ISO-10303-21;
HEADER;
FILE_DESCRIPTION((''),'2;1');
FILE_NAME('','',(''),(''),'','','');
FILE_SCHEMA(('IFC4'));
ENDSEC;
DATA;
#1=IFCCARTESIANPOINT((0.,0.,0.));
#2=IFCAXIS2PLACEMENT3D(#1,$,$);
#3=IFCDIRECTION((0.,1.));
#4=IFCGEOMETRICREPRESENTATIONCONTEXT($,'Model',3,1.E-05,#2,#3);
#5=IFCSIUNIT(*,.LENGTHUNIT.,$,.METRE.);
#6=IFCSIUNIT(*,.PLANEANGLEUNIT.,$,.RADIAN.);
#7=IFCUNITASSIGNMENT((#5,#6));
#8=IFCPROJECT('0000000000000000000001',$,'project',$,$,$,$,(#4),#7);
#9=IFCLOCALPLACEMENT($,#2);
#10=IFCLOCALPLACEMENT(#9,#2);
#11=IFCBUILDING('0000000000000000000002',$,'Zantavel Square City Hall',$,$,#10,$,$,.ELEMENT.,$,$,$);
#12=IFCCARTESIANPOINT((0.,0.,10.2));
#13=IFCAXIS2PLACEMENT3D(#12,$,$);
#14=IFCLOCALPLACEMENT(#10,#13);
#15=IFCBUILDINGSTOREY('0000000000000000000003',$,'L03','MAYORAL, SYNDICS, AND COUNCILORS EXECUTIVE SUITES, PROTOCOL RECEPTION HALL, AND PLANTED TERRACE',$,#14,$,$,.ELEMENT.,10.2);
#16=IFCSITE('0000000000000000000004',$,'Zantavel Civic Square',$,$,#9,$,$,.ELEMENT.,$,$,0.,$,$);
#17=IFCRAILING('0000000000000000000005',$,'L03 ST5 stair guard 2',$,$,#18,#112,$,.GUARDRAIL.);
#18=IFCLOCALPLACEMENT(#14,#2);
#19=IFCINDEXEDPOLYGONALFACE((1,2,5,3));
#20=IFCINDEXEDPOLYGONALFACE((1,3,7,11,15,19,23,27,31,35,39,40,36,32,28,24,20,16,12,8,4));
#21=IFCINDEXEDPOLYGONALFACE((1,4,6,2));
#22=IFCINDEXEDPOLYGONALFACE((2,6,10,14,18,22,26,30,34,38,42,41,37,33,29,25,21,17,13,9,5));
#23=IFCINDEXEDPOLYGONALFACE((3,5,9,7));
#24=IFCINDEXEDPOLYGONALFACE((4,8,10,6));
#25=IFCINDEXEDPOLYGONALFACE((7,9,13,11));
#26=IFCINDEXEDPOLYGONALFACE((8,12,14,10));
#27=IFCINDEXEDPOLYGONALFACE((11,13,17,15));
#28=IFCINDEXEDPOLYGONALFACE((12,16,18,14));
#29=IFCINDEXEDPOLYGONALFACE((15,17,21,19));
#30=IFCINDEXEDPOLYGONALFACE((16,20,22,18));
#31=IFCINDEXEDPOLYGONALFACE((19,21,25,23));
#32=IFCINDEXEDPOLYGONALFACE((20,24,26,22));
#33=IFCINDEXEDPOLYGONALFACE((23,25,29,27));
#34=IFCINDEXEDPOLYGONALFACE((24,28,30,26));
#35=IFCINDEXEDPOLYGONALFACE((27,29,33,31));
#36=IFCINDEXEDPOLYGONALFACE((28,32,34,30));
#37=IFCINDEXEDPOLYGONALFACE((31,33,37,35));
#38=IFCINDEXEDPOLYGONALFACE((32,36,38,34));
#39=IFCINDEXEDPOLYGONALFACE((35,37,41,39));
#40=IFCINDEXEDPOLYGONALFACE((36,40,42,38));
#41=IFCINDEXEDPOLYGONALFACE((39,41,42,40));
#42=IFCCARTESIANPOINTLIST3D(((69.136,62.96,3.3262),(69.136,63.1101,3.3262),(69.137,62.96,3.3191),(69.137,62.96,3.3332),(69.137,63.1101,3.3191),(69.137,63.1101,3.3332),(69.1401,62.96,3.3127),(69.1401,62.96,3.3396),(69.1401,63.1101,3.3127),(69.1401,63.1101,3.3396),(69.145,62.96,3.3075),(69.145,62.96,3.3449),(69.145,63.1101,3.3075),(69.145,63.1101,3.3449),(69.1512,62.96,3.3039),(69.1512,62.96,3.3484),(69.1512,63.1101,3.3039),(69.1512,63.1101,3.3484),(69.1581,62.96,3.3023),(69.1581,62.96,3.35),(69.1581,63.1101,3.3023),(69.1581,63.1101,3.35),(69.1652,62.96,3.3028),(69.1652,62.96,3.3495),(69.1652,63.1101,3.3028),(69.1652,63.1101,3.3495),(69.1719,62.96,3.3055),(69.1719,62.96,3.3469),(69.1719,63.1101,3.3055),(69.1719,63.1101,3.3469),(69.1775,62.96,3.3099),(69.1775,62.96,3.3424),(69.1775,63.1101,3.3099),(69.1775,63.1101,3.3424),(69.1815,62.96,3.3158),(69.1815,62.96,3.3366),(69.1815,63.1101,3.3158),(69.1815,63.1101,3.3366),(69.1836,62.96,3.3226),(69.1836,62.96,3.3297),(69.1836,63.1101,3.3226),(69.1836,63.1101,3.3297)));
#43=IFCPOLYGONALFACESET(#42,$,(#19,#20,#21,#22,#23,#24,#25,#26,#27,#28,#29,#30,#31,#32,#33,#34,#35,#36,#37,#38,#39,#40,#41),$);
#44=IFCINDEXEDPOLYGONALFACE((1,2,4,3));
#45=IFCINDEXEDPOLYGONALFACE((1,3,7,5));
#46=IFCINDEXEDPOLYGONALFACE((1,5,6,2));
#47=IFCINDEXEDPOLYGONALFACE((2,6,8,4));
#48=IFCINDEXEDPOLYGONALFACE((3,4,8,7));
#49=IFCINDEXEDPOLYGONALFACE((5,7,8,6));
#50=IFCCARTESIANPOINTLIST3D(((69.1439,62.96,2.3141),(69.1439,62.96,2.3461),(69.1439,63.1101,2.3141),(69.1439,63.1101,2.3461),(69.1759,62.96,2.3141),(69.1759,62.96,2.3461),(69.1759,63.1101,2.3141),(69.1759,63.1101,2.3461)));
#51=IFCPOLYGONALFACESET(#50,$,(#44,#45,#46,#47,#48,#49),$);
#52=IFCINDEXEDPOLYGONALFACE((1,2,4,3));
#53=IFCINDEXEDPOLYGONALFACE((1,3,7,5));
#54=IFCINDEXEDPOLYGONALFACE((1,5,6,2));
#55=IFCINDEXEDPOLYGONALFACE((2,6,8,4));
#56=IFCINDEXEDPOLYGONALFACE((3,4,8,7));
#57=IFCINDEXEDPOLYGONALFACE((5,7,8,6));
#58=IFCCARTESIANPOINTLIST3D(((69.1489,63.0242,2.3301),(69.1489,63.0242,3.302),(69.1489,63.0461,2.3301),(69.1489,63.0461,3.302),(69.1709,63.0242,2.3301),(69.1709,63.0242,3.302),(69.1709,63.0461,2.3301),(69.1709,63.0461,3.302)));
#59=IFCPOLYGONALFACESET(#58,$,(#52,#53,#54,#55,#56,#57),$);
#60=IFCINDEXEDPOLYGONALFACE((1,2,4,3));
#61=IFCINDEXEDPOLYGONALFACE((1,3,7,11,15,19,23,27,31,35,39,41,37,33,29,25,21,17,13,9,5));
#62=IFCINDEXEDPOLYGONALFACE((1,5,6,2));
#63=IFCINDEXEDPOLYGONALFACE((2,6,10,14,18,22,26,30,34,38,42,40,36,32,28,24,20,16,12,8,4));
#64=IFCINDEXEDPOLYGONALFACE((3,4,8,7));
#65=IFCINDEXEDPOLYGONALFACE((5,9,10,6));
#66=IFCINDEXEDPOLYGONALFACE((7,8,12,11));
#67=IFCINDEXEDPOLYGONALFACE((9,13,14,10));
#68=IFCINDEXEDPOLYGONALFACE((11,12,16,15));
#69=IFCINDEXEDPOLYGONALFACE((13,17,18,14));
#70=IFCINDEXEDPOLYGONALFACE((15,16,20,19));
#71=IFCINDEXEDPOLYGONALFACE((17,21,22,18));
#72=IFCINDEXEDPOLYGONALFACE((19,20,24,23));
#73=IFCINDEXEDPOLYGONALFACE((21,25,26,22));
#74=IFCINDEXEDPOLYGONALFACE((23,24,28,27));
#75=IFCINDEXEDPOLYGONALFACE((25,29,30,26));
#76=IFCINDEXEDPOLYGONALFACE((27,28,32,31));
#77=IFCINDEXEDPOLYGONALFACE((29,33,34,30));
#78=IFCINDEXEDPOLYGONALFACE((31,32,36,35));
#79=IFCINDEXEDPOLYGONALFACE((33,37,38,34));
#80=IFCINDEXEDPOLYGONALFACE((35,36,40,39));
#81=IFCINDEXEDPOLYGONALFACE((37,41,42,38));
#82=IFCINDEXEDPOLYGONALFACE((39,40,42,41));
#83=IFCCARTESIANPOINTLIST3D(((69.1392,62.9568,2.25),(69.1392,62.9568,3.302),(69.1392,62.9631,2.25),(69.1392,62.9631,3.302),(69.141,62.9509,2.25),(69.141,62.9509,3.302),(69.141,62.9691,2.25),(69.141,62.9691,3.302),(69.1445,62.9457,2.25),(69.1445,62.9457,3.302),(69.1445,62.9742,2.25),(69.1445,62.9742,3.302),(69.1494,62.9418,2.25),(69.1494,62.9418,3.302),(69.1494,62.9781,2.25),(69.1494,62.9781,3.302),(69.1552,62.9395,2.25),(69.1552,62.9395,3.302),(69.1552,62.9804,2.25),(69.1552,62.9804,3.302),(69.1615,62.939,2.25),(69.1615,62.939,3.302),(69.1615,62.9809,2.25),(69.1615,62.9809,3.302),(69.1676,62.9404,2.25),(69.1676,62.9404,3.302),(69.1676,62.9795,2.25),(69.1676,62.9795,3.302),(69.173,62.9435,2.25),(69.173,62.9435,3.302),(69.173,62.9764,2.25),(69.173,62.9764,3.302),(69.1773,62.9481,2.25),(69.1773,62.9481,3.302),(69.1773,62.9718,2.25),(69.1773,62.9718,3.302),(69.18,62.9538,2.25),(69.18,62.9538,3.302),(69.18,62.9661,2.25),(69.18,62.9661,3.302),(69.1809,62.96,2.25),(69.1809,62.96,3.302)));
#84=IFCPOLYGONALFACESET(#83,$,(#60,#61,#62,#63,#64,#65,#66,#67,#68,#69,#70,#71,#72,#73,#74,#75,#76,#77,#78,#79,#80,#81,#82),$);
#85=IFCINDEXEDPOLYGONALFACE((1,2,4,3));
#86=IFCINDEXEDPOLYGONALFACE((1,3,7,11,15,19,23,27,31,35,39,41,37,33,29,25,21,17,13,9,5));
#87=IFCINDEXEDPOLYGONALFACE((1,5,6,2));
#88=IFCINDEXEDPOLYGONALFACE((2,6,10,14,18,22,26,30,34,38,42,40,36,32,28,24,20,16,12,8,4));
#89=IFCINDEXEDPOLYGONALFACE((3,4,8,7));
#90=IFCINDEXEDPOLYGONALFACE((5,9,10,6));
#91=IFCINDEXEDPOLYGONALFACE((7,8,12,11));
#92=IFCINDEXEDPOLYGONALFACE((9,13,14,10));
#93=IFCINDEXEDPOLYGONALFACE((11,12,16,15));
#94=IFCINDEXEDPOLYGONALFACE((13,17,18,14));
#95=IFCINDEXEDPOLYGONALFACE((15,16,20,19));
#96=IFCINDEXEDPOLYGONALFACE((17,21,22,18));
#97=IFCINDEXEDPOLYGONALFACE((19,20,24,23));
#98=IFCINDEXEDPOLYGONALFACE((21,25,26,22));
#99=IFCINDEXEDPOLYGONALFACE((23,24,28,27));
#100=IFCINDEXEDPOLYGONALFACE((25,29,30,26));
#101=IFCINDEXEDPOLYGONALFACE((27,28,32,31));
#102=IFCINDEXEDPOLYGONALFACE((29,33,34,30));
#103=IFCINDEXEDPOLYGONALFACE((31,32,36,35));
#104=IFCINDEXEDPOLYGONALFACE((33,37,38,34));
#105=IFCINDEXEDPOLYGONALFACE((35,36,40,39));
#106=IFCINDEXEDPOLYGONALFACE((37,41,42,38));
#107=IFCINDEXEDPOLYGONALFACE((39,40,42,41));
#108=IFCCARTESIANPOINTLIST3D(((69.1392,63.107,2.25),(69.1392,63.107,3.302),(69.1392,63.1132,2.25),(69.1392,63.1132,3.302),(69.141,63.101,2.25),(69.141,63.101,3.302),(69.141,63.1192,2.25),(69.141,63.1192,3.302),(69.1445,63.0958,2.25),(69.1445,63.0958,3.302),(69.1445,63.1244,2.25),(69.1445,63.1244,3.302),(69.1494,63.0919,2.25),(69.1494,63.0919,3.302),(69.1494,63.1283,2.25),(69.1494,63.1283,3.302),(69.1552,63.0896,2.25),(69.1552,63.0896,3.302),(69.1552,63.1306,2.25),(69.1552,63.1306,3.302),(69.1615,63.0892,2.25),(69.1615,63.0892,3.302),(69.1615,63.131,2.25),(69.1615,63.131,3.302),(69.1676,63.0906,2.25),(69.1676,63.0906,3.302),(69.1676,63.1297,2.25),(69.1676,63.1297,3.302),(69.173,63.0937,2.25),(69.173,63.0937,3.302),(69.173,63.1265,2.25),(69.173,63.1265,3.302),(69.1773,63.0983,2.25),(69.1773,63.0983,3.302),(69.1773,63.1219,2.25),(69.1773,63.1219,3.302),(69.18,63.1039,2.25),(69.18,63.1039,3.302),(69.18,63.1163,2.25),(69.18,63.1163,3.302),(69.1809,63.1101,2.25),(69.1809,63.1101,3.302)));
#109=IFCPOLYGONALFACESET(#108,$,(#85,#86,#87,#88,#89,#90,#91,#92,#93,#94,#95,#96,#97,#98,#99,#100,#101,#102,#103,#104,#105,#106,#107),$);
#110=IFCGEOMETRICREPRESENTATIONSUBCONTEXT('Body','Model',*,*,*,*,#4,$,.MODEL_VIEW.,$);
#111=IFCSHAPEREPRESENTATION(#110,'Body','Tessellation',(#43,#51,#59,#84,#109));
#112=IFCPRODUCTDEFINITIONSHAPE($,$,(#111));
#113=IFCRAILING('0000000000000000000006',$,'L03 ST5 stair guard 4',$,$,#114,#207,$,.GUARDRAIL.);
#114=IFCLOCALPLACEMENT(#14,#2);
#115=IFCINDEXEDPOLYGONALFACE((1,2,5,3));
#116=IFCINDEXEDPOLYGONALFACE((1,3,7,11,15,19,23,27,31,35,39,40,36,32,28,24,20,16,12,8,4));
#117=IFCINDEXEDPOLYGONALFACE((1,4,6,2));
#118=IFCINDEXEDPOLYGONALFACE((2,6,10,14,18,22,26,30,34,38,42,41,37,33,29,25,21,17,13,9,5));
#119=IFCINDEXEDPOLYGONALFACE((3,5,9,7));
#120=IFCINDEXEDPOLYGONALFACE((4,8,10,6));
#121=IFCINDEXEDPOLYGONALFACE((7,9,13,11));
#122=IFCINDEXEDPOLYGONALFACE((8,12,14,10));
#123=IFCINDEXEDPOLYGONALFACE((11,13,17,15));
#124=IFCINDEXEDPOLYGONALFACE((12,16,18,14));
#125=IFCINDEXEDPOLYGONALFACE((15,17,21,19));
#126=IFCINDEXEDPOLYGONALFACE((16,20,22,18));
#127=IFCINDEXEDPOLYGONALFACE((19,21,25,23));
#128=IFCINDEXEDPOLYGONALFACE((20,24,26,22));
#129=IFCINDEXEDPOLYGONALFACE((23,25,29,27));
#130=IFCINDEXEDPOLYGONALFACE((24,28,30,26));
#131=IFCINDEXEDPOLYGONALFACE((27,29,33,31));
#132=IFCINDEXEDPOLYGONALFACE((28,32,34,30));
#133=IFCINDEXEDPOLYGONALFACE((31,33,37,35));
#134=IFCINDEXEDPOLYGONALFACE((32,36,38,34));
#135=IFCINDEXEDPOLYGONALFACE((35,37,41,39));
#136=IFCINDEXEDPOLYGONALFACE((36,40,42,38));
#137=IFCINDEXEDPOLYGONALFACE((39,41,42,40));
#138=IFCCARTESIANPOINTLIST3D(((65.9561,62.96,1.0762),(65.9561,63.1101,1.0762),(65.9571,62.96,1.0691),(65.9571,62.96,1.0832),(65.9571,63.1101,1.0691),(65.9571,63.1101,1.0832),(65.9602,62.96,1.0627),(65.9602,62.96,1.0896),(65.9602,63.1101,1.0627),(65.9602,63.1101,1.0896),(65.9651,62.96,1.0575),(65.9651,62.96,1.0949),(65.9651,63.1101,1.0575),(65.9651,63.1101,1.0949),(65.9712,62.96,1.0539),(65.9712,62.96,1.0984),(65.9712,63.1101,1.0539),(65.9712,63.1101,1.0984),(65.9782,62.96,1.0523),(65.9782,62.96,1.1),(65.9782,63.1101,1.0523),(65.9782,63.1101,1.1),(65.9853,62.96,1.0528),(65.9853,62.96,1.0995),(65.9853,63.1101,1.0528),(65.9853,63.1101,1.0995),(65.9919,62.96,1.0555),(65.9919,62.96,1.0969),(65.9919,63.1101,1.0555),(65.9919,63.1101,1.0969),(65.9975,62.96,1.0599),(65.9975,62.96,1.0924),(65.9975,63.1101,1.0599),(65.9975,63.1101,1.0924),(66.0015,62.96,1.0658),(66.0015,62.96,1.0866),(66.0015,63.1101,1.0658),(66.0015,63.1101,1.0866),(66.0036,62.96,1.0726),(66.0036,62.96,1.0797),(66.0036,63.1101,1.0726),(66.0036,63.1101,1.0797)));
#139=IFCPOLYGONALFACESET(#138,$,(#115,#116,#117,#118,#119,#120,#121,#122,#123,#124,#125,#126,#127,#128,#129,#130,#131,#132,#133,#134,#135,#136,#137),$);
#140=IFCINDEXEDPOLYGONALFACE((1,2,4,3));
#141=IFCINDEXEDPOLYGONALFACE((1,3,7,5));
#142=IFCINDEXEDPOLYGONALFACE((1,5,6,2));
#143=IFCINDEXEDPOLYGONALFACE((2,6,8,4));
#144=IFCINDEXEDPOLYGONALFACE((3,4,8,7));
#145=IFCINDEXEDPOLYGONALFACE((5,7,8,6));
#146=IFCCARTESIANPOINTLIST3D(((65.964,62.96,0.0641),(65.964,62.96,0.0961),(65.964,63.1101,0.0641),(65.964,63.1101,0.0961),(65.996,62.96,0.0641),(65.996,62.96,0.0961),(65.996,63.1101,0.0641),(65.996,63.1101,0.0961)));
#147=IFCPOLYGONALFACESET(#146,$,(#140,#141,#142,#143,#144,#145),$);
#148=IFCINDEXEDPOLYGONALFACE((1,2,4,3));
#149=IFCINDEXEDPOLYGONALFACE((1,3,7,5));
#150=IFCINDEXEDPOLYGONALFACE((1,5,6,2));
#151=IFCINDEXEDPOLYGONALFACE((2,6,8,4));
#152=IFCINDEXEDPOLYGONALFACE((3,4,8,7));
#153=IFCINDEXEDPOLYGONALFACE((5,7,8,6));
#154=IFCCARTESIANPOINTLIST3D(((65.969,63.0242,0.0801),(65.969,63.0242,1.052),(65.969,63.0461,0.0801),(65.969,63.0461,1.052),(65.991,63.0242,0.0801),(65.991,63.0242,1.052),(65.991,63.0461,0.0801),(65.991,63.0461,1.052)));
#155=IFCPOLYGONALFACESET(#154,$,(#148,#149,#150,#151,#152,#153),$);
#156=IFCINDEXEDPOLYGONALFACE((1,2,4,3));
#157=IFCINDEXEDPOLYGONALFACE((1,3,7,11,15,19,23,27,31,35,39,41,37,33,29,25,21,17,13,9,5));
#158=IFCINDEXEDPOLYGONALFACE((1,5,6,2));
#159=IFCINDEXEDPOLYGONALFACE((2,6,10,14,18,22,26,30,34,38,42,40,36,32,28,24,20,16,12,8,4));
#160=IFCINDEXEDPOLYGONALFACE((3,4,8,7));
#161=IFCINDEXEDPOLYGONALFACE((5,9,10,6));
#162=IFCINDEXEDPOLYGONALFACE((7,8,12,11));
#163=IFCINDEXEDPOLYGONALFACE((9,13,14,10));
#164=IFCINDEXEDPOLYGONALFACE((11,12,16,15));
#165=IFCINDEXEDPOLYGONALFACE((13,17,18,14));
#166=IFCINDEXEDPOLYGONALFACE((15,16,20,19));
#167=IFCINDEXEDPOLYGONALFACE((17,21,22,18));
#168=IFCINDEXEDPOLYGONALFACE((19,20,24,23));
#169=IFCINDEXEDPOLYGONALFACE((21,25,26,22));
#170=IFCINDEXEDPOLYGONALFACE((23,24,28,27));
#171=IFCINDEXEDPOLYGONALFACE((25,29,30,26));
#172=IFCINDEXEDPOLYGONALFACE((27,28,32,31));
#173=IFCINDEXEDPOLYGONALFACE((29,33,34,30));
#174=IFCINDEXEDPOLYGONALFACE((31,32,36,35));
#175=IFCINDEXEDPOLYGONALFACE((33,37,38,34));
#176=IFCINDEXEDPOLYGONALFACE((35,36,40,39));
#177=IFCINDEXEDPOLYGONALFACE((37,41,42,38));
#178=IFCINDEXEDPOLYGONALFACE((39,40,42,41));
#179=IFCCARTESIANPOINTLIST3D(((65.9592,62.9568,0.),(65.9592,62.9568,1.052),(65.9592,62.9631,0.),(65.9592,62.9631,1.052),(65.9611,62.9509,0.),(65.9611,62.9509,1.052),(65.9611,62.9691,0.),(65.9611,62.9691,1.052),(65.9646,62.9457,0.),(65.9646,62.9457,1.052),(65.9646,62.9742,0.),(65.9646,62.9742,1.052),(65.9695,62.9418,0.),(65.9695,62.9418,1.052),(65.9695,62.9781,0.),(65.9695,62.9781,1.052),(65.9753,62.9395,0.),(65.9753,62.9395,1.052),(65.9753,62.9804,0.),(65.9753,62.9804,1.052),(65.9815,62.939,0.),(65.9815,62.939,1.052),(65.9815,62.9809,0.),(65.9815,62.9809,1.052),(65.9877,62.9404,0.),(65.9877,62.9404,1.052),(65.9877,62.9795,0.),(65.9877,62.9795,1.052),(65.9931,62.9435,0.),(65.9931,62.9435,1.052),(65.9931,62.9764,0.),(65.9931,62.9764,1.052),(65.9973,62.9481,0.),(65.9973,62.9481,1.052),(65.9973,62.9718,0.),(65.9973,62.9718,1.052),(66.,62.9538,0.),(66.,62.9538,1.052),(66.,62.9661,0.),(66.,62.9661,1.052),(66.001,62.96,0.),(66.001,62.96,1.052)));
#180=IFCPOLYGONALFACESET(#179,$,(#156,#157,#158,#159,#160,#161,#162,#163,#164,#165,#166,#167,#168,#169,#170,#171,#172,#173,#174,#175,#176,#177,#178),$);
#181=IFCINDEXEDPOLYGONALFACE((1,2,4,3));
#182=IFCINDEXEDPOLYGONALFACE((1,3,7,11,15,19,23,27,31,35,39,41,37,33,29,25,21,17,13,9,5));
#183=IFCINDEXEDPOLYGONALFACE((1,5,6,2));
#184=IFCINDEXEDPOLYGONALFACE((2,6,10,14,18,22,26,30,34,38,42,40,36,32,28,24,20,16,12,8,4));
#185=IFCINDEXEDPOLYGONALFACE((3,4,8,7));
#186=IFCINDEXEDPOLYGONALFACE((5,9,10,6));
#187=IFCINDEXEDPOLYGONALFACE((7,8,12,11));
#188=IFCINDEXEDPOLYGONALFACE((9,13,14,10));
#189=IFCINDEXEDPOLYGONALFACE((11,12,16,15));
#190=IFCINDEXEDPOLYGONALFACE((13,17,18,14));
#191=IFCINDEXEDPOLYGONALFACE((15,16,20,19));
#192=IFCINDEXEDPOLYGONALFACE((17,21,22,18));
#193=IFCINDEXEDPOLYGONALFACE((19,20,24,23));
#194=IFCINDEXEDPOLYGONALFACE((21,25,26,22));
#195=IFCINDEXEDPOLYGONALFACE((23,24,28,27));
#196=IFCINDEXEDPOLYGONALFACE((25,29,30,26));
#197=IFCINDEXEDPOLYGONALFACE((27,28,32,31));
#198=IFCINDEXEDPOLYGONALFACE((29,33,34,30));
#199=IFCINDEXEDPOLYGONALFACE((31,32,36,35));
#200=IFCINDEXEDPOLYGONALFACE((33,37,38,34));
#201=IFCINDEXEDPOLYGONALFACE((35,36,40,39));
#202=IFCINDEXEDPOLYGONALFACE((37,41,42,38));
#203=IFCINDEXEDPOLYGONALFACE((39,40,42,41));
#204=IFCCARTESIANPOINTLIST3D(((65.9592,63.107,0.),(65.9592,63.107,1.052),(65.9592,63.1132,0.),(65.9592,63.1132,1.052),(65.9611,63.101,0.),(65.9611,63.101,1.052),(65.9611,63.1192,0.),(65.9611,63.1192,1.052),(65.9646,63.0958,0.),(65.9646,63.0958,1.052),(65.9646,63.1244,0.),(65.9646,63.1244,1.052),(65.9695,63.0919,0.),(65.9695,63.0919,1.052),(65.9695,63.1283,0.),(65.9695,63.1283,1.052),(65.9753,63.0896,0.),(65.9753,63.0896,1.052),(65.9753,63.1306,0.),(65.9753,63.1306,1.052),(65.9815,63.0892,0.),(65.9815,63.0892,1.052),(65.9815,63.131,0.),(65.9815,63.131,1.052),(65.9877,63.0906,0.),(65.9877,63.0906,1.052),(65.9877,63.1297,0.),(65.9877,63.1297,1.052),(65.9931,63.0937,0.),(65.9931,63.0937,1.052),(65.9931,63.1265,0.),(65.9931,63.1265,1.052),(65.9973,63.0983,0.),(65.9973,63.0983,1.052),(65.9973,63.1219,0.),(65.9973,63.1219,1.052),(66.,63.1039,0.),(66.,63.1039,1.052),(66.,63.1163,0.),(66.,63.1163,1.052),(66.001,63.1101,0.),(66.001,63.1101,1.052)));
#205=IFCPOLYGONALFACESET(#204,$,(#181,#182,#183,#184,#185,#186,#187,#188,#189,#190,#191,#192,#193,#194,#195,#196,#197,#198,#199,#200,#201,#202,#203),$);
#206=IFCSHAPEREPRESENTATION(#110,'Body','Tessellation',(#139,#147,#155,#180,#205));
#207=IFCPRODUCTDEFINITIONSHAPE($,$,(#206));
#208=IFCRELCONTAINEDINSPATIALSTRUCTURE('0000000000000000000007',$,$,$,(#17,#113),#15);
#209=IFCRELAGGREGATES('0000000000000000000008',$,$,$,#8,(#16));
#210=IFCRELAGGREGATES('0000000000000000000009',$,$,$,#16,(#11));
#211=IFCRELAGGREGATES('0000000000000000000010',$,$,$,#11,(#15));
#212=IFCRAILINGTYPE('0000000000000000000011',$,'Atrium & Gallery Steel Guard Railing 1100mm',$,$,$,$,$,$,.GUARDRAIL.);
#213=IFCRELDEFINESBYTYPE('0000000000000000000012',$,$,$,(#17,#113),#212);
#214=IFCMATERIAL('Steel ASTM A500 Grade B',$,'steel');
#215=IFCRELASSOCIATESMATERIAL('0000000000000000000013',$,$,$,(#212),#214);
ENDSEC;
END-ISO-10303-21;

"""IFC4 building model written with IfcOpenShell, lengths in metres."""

from ifc_helpers import new_model, si_unit, direction, frame, origin, origin_2d, place, context, subcontext, project, spatial, rectangle, circle, extrude, material, type_object, element, save


model = new_model("IFC4")

# Units and contexts
model_context = context("Model", 3, precision=1e-05, world=origin(), true_north=direction((0.0, 1.0)))
body_context = subcontext(model_context, "Body", "Model", "MODEL_VIEW")
ifc_project = project(units=[si_unit("LENGTHUNIT", "METRE"), si_unit("PLANEANGLEUNIT", "RADIAN")], contexts=[model_context])

# Site, building, storey
site_placement = place(None, origin())
site = spatial("IfcSite", under=ifc_project, at=site_placement, Name="Zantavel Civic Square", CompositionType="ELEMENT", RefElevation=0.0)
building_placement = place(site_placement, origin())
building = spatial("IfcBuilding", under=site, at=building_placement, Name="Zantavel Square City Hall", CompositionType="ELEMENT")
storey_placement = place(building_placement, frame((0.0, 0.0, 10.2)))
storey = spatial("IfcBuildingStorey", under=building, at=storey_placement, Name="L03", Description="MAYORAL, SYNDICS, AND COUNCILORS EXECUTIVE SUITES, PROTOCOL RECEPTION HALL, AND PLANTED TERRACE", CompositionType="ELEMENT", Elevation=10.2)

# Shared definitions
ifc_material_1 = material(Name="Steel ASTM A500 Grade B", Category="steel")

# Railings
railing_type_1 = type_object("IfcRailingType", Name="Atrium & Gallery Steel Guard Railing 1100mm", PredefinedType="GUARDRAIL", material=ifc_material_1)
railing_1_placement = place(storey_placement, frame((69.1599, 62.96, 2.25)))
element("IfcRailing", 1, at=railing_1_placement, inside=storey, type_object=railing_type_1, Name="L03 ST5 stair guard 2", PredefinedType="GUARDRAIL", context=body_context, shape_type="SweptSolid", body=[
    extrude(circle(Radius=0.0239, at=origin_2d()), frame((0.0, 0.0, 1.0762), z_axis=(0.0, 1.0, 0.0), x_axis=(-1.0, 0.0, 0.0)), (0.0, 0.0, 1.0), 0.1501),
    extrude(rectangle(XDim=0.032, YDim=0.032, at=origin_2d()), frame((0.0, 0.0, 0.0801), z_axis=(0.0, 1.0, 0.0), x_axis=(-1.0, 0.0, 0.0)), (0.0, 0.0, 1.0), 0.1501),
    extrude(rectangle(XDim=0.022, YDim=0.022, at=origin_2d()), frame((0.0, 0.0752, 0.0801)), (0.0, 0.0, 1.0), 0.9719),
    extrude(circle(Radius=0.021, at=origin_2d()), origin(), (0.0, 0.0, 1.0), 1.052),
    extrude(circle(Radius=0.021, at=origin_2d()), frame((0.0, 0.1501, 0.0)), (0.0, 0.0, 1.0), 1.052),
])
railing_2_placement = place(storey_placement, frame((65.98, 62.96, 0.0)))
element("IfcRailing", 2, at=railing_2_placement, inside=storey, type_object=railing_type_1, Name="L03 ST5 stair guard 4", PredefinedType="GUARDRAIL", context=body_context, shape_type="SweptSolid", body=[
    extrude(circle(Radius=0.0239, at=origin_2d()), frame((0.0, 0.0, 1.0762), z_axis=(0.0, 1.0, 0.0), x_axis=(-1.0, 0.0, 0.0)), (0.0, 0.0, 1.0), 0.1501),
    extrude(rectangle(XDim=0.032, YDim=0.032, at=origin_2d()), frame((0.0, 0.0, 0.0801), z_axis=(0.0, 1.0, 0.0), x_axis=(-1.0, 0.0, 0.0)), (0.0, 0.0, 1.0), 0.1501),
    extrude(rectangle(XDim=0.022, YDim=0.022, at=origin_2d()), frame((0.0, 0.0752, 0.0801)), (0.0, 0.0, 1.0), 0.9719),
    extrude(circle(Radius=0.021, at=origin_2d()), origin(), (0.0, 0.0, 1.0), 1.052),
    extrude(circle(Radius=0.021, at=origin_2d()), frame((0.0, 0.1501, 0.0)), (0.0, 0.0, 1.0), 1.052),
])

save(model, "model.ifc")
